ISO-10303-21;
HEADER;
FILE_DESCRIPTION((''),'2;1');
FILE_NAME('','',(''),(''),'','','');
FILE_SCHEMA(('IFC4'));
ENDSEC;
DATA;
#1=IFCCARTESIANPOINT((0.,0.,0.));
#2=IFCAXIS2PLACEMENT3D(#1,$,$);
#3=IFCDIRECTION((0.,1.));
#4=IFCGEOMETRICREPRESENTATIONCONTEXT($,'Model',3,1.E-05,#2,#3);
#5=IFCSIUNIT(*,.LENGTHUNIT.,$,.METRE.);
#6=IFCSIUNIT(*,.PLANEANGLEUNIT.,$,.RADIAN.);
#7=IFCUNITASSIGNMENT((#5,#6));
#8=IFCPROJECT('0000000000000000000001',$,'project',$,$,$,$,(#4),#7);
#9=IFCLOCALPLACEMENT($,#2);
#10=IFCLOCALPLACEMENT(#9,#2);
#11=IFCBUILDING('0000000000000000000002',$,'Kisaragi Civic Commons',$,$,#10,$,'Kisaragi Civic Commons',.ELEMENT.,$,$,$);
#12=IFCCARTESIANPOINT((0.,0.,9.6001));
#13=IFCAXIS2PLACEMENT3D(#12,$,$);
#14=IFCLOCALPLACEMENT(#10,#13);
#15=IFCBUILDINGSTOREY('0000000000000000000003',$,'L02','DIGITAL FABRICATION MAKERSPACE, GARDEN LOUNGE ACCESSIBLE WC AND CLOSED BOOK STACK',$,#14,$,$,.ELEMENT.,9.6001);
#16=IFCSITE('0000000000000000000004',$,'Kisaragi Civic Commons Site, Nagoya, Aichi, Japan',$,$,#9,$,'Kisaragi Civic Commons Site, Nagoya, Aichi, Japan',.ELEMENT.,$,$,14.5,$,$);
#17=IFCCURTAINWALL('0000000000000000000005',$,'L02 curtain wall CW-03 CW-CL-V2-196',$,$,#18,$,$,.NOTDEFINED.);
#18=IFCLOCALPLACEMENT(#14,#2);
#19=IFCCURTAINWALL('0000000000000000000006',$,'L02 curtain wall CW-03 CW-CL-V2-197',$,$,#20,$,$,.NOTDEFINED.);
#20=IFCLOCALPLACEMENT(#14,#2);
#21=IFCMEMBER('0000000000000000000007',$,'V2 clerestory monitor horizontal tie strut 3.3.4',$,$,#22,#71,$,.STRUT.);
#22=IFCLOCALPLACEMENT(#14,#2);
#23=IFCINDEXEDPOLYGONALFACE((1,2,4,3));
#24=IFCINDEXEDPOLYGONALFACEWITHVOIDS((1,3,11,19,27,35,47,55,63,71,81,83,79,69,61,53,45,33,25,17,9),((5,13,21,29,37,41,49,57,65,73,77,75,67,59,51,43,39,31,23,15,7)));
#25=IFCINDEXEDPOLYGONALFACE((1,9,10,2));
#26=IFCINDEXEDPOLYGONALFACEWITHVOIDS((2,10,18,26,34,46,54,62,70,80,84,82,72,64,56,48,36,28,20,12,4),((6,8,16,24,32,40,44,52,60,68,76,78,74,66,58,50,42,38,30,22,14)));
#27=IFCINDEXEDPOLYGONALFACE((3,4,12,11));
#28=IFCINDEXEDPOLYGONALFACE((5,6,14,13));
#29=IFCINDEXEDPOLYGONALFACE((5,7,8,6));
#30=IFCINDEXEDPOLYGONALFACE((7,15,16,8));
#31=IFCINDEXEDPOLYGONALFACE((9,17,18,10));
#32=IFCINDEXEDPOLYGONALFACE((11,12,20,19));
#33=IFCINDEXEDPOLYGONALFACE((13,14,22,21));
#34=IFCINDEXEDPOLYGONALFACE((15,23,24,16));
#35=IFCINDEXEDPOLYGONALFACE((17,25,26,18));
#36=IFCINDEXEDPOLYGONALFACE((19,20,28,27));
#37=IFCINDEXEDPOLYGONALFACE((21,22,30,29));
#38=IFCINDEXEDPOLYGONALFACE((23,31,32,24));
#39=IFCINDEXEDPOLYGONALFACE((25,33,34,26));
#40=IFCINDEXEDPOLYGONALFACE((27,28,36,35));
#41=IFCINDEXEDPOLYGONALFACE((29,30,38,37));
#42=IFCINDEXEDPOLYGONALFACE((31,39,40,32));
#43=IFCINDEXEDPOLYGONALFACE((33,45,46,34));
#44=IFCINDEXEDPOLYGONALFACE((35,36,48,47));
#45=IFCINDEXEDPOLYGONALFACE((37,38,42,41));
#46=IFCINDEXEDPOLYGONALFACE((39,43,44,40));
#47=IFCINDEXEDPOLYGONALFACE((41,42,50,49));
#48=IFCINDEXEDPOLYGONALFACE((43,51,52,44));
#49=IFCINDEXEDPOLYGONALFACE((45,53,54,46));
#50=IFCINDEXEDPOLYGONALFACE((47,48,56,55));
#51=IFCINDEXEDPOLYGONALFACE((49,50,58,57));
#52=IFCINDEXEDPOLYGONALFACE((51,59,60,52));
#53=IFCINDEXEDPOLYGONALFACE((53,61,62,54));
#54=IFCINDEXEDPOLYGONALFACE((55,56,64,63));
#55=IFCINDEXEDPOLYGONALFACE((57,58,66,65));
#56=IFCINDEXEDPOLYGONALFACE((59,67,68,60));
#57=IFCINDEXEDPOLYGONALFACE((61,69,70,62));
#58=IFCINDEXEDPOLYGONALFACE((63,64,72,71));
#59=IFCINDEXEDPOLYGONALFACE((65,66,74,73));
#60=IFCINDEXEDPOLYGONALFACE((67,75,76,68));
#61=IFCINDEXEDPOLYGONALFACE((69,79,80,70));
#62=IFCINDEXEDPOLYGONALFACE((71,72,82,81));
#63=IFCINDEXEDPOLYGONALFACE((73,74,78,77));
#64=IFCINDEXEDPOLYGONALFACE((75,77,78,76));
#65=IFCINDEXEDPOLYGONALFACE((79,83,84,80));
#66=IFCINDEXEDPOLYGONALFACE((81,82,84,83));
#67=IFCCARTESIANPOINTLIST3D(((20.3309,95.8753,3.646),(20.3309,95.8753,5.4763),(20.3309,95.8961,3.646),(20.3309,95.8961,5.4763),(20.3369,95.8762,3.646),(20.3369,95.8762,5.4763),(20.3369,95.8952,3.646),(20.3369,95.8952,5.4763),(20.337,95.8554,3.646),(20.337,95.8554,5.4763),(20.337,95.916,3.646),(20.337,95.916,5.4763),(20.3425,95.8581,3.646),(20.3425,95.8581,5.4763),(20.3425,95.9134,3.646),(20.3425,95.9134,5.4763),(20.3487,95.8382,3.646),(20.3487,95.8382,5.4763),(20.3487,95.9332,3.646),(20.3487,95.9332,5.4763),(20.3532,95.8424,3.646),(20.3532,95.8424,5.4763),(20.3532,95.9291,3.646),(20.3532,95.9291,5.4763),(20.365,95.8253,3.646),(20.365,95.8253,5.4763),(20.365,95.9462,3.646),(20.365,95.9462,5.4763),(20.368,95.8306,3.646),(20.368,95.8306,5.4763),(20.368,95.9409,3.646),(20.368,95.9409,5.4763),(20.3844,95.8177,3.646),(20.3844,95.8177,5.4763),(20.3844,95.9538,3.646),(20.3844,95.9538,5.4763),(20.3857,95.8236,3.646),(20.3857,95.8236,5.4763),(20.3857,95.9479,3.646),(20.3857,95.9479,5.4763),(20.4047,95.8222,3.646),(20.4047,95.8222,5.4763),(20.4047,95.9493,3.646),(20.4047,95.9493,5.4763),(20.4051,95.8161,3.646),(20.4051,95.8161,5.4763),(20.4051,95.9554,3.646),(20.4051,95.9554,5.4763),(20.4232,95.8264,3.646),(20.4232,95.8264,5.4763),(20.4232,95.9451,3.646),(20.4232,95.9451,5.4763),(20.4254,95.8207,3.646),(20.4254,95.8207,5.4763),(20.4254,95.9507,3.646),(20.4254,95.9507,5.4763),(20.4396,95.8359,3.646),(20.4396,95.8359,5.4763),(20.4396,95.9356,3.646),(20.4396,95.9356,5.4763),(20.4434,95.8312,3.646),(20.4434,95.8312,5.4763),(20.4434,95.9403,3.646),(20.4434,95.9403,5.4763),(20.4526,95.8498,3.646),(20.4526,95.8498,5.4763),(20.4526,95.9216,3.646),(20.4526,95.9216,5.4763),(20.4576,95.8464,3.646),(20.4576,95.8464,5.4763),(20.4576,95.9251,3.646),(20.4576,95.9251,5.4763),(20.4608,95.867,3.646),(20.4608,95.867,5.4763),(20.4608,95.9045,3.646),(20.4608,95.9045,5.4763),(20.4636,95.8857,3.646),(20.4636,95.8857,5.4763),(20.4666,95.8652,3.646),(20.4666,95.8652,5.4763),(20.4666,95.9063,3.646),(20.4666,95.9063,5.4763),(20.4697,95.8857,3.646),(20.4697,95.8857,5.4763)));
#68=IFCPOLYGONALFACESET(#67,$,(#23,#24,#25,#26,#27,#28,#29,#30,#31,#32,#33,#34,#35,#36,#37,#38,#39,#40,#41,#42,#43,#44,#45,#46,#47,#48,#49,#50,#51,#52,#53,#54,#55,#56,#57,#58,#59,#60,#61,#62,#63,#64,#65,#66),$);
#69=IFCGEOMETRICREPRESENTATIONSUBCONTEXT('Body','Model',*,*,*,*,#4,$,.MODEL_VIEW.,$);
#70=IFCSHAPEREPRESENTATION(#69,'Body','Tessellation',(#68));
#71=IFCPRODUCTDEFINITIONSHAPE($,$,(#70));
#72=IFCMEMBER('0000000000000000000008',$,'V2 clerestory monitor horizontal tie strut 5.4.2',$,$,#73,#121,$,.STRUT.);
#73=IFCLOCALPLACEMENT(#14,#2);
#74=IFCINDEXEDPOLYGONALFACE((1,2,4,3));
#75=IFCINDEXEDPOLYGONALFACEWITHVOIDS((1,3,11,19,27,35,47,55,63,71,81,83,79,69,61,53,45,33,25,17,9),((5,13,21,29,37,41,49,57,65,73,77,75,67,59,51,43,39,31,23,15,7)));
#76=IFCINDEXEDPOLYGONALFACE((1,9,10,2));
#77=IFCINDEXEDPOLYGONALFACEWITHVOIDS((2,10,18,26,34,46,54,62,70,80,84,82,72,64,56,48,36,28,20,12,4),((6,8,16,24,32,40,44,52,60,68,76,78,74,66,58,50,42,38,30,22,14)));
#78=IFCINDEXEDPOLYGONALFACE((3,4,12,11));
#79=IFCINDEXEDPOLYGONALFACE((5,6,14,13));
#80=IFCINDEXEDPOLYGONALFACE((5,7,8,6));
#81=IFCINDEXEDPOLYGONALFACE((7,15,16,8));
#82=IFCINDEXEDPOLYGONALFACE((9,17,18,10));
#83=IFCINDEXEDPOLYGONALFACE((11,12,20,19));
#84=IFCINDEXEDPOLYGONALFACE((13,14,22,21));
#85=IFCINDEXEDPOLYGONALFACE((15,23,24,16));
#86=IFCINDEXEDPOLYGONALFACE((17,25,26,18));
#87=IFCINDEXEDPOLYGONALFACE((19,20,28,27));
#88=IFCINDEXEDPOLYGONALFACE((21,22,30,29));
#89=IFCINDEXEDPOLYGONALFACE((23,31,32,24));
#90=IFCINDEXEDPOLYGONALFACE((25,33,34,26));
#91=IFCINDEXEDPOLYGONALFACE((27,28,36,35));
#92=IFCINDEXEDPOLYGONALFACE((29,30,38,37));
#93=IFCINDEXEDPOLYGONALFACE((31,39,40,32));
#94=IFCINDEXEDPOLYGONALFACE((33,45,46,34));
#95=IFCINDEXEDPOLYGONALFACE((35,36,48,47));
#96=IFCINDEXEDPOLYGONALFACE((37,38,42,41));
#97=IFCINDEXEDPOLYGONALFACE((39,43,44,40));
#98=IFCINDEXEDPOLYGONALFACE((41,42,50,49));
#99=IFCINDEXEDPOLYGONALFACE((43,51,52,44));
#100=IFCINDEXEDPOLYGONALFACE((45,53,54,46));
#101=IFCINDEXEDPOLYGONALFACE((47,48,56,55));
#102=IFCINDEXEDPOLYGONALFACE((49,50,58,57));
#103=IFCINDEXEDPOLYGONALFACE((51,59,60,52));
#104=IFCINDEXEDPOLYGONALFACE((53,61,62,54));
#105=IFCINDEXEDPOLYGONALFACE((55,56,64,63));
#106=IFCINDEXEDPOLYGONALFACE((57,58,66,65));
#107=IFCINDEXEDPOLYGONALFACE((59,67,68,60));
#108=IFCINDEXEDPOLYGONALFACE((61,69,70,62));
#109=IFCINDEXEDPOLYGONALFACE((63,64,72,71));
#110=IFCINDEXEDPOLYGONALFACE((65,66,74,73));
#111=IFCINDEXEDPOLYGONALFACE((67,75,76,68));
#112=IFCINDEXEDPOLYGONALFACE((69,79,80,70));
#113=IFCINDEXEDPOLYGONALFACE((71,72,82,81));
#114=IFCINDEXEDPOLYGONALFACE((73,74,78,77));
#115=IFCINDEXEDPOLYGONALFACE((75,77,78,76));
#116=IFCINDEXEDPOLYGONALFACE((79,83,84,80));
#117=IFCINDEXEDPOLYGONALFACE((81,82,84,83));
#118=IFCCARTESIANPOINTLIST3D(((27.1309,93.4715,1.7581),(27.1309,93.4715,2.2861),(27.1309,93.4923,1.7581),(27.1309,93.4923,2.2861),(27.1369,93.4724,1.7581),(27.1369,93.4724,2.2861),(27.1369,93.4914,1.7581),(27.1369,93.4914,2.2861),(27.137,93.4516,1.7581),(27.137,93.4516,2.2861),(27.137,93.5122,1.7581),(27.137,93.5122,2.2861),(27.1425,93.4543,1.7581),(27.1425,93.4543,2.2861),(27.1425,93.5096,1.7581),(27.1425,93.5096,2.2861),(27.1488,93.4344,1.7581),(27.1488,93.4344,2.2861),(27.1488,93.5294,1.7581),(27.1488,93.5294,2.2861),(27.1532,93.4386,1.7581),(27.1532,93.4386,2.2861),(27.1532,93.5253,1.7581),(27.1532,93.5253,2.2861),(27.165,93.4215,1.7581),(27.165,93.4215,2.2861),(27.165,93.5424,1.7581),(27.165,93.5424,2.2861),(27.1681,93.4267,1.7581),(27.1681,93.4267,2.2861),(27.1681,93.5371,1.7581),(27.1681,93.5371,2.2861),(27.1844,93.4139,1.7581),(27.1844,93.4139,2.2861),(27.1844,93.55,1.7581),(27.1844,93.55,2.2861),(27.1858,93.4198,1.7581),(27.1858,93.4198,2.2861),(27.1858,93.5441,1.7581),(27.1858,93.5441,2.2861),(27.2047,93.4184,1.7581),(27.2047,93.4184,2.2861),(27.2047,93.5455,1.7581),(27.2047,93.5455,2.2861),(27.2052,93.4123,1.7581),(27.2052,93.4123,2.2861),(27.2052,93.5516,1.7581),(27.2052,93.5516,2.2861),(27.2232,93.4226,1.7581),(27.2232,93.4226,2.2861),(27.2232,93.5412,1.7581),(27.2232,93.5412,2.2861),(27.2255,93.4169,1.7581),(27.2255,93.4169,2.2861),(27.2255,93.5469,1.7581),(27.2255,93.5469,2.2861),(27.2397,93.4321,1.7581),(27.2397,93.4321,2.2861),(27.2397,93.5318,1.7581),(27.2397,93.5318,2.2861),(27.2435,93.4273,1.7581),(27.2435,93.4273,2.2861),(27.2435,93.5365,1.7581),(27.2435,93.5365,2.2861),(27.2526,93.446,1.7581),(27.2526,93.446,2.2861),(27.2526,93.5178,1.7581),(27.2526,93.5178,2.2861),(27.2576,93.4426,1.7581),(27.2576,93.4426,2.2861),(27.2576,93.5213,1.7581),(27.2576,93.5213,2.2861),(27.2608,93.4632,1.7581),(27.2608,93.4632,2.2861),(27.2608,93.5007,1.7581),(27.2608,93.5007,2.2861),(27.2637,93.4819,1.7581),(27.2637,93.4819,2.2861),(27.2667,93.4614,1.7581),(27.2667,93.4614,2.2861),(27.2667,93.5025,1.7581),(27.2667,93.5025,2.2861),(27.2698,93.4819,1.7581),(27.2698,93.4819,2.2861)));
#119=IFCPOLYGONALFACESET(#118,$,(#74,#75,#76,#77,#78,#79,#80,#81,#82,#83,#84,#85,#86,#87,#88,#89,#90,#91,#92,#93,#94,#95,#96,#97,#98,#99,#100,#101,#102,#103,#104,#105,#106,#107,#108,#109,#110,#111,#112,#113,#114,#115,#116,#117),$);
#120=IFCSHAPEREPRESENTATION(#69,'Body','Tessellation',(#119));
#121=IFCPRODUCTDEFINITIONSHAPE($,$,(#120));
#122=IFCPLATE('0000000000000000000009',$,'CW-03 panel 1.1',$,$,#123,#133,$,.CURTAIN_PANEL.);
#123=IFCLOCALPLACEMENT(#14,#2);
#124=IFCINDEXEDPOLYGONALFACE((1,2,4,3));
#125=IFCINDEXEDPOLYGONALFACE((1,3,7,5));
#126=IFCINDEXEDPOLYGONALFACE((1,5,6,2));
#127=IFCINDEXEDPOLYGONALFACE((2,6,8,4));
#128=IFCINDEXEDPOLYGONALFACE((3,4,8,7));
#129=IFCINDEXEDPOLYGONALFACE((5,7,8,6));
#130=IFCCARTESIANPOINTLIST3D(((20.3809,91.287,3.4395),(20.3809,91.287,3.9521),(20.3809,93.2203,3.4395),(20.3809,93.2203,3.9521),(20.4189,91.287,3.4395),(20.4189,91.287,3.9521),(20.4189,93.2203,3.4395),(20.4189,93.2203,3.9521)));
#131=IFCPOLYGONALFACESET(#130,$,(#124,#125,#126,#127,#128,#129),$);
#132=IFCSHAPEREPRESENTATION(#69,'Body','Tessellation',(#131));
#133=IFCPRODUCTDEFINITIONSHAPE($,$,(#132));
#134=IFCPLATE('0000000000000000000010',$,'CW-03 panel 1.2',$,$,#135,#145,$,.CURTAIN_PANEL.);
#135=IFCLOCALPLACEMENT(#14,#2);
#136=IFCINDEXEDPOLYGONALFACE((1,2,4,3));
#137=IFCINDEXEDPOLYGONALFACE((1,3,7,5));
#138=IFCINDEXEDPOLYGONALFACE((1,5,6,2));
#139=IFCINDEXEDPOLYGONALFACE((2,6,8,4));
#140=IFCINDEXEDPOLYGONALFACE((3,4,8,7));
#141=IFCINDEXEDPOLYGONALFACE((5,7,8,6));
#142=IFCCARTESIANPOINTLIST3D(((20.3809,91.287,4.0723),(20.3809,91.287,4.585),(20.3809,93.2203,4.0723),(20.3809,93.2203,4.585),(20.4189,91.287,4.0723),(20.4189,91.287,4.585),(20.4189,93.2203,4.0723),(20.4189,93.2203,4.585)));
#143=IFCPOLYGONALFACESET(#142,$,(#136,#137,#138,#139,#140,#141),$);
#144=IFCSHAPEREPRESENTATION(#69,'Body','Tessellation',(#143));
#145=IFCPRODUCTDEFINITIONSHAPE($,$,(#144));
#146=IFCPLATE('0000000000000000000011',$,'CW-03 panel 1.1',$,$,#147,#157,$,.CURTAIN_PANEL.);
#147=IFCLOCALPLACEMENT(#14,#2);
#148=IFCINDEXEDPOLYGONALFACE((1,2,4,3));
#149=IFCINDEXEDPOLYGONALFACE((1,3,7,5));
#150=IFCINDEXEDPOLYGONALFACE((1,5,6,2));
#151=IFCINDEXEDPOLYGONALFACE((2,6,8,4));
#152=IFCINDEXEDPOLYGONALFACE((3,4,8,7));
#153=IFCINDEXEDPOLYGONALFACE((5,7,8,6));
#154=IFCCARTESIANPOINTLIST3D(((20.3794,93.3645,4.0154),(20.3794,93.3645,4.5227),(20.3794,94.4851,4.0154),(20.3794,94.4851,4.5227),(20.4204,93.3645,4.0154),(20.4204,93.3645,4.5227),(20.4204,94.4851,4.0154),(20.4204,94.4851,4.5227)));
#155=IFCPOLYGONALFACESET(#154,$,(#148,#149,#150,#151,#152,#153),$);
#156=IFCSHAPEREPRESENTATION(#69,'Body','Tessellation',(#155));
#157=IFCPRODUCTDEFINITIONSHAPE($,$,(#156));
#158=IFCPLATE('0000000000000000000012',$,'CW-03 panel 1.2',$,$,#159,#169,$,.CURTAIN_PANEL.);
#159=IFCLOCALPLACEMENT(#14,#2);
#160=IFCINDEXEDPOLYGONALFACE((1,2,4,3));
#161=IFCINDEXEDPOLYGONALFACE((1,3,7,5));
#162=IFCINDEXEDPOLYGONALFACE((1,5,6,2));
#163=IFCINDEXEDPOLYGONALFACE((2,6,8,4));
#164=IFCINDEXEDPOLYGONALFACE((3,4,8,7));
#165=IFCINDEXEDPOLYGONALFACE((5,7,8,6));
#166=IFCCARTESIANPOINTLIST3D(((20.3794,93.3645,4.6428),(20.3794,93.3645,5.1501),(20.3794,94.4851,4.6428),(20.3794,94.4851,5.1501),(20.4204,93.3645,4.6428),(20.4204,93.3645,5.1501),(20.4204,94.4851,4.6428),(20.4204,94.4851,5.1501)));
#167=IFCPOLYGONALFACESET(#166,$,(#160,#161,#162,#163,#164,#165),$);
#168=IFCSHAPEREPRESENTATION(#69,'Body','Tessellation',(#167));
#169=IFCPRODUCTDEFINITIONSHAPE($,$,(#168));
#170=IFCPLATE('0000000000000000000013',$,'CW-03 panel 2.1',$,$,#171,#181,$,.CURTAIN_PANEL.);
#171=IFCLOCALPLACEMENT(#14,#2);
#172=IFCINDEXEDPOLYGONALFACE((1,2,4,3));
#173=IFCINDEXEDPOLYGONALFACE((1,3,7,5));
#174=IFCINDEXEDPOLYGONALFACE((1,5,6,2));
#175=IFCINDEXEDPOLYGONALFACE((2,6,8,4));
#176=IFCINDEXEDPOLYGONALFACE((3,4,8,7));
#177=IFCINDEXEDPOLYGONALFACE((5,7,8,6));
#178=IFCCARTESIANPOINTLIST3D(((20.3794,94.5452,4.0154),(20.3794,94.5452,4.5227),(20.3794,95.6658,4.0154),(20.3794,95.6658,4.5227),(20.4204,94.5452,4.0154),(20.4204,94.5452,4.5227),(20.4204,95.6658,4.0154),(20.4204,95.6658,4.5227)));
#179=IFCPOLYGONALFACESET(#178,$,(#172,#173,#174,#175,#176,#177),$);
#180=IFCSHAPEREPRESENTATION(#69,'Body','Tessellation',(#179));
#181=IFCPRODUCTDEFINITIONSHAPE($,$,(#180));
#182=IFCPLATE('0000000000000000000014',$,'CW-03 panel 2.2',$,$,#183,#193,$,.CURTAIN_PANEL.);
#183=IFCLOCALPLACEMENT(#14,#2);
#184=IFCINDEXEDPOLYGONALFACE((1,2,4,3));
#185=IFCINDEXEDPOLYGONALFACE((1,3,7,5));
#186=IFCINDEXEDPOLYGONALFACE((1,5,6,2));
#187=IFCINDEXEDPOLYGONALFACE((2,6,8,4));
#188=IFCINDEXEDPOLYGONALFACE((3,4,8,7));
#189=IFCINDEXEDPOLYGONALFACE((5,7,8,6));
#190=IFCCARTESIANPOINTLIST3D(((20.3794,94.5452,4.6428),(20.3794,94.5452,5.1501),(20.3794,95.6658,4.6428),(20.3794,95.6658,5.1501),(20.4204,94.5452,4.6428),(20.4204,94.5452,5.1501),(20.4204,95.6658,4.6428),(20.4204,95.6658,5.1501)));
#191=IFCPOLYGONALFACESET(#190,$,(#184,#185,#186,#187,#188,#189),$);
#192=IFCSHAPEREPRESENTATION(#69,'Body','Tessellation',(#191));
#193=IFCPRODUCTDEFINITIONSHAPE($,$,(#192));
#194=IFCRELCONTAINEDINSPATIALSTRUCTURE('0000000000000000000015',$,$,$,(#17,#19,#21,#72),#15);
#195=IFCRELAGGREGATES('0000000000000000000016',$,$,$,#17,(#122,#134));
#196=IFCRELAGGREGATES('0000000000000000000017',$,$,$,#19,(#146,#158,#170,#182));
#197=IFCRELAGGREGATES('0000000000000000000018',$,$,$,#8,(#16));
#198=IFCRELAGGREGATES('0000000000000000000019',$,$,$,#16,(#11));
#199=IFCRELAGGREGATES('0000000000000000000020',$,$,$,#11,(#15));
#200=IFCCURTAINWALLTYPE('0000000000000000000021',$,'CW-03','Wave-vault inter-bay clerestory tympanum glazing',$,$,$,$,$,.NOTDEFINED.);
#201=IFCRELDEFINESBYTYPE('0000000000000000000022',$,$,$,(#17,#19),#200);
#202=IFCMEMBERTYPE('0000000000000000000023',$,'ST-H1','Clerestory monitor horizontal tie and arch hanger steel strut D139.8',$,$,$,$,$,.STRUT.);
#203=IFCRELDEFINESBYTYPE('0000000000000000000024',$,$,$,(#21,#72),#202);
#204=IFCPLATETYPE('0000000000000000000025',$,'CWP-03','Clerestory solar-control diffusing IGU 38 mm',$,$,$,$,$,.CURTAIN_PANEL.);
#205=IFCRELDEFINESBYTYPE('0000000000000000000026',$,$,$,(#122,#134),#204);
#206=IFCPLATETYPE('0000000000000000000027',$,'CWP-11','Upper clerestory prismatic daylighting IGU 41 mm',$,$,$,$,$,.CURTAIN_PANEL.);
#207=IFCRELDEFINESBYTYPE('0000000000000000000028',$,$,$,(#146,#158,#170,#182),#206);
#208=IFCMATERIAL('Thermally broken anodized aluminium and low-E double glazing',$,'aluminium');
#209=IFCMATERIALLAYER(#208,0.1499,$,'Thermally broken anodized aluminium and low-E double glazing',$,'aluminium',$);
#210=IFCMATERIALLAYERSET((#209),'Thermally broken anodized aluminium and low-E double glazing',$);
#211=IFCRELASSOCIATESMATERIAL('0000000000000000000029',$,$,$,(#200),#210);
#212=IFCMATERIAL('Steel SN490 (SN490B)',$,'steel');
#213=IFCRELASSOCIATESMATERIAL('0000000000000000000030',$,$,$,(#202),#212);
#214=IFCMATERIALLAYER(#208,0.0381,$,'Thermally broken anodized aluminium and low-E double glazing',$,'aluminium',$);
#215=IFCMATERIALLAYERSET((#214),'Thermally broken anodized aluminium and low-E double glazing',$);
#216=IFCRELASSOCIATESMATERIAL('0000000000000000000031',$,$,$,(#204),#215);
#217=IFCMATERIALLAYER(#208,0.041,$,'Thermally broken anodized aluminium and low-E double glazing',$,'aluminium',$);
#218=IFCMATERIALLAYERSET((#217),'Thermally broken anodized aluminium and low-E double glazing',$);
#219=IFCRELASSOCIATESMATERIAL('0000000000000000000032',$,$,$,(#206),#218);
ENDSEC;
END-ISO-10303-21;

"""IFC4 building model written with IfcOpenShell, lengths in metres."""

from ifc_helpers import new_model, si_unit, direction, frame, origin, origin_2d, place, context, subcontext, project, spatial, rectangle, hollow_circle, extrude, material, layer, layer_set, material_profile, profile_set, type_object, element, aggregate, save


model = new_model("IFC4")

# Units and contexts
model_context = context("Model", 3, precision=1e-05, world=origin(), true_north=direction((0.0, 1.0)))
body_context = subcontext(model_context, "Body", "Model", "MODEL_VIEW")
ifc_project = project(units=[si_unit("LENGTHUNIT", "METRE"), si_unit("PLANEANGLEUNIT", "RADIAN")], contexts=[model_context])

# Site, building, storey
site_placement = place(None, origin())
site = spatial("IfcSite", under=ifc_project, at=site_placement, Name="Kisaragi Civic Commons Site, Nagoya, Aichi, Japan", LongName="Kisaragi Civic Commons Site, Nagoya, Aichi, Japan", CompositionType="ELEMENT", RefElevation=14.5)
building_placement = place(site_placement, origin())
building = spatial("IfcBuilding", under=site, at=building_placement, Name="Kisaragi Civic Commons", LongName="Kisaragi Civic Commons", CompositionType="ELEMENT")
storey_placement = place(building_placement, frame((0.0, 0.0, 9.6001)))
storey = spatial("IfcBuildingStorey", under=building, at=storey_placement, Name="L02", Description="DIGITAL FABRICATION MAKERSPACE, GARDEN LOUNGE ACCESSIBLE WC AND CLOSED BOOK STACK", CompositionType="ELEMENT", Elevation=9.6001)

# Curtain wall
ifc_material_1 = material(Name="Thermally broken anodized aluminium and low-E double glazing", Category="aluminium")
ifc_layer_1 = layer(ifc_material_1, 0.1499, Name="Thermally broken anodized aluminium and low-E double glazing", Category="aluminium")
ifc_layer_set_1 = layer_set([ifc_layer_1], Name="Thermally broken anodized aluminium and low-E double glazing")
curtain_wall_type = type_object("IfcCurtainWallType", Name="CW-03", Description="Wave-vault inter-bay clerestory tympanum glazing", PredefinedType="NOTDEFINED", material=ifc_layer_set_1)
curtain_wall_1_placement = place(storey_placement, origin())
curtain_wall_1 = element("IfcCurtainWall", 1, at=curtain_wall_1_placement, inside=storey, type_object=curtain_wall_type, Name="L02 curtain wall CW-03 CW-CL-V2-196", PredefinedType="NOTDEFINED")

# Curtain wall
curtain_wall_2_placement = place(storey_placement, origin())
curtain_wall_2 = element("IfcCurtainWall", 2, at=curtain_wall_2_placement, inside=storey, type_object=curtain_wall_type, Name="L02 curtain wall CW-03 CW-CL-V2-197", PredefinedType="NOTDEFINED")

# Members
ifc_material_2 = material(Name="Steel SN490 (SN490B)", Category="steel")
ifc_material_profile_1 = material_profile(ifc_material_2, hollow_circle(Radius=0.0698, WallThickness=0.0061, at=origin_2d()), Name="CHS-139.8x6.0", Category="steel")
ifc_profile_set_1 = profile_set([ifc_material_profile_1], Name="Steel SN490 (SN490B)")
member_type_1 = type_object("IfcMemberType", Name="ST-H1", Description="Clerestory monitor horizontal tie and arch hanger steel strut D139.8", PredefinedType="STRUT", material=ifc_profile_set_1)
member_1_placement = place(storey_placement, frame((20.3999, 95.8857, 3.646), z_axis=(0.0, 0.0, 1.0), x_axis=(1.0, 0.0, 0.0)))
element("IfcMember", 3, at=member_1_placement, inside=storey, type_object=member_type_1, Name="V2 clerestory monitor horizontal tie strut 3.3.4", PredefinedType="STRUT", context=body_context, shape_type="SweptSolid", body=[
    extrude(hollow_circle(Radius=0.0698, WallThickness=0.0061, at=origin_2d()), origin(), (0.0, 0.0, 1.0), 1.8303),
])
member_2_placement = place(storey_placement, frame((27.2, 93.4819, 1.7581), z_axis=(0.0, 0.0, 1.0), x_axis=(1.0, 0.0, 0.0)))
element("IfcMember", 4, at=member_2_placement, inside=storey, type_object=member_type_1, Name="V2 clerestory monitor horizontal tie strut 5.4.2", PredefinedType="STRUT", context=body_context, shape_type="SweptSolid", body=[
    extrude(hollow_circle(Radius=0.0698, WallThickness=0.0061, at=origin_2d()), origin(), (0.0, 0.0, 1.0), 0.5281),
])

# Plates
ifc_layer_2 = layer(ifc_material_1, 0.0381, Name="Thermally broken anodized aluminium and low-E double glazing", Category="aluminium")
ifc_layer_set_2 = layer_set([ifc_layer_2], Name="Thermally broken anodized aluminium and low-E double glazing")
plate_type_1 = type_object("IfcPlateType", Name="CWP-03", Description="Clerestory solar-control diffusing IGU 38 mm", PredefinedType="CURTAIN_PANEL", material=ifc_layer_set_2)
plate_1_placement = place(storey_placement, frame((20.3999, 92.2537, 3.4395), z_axis=(0.0, 0.0, 1.0), x_axis=(0.0, 1.0, 0.0)))
plate_1 = element("IfcPlate", 5, at=plate_1_placement, type_object=plate_type_1, Name="CW-03 panel 1.1", PredefinedType="CURTAIN_PANEL", context=body_context, shape_type="SweptSolid", body=[
    extrude(rectangle(XDim=1.9333, YDim=0.0381, at=origin_2d()), origin(), (0.0, 0.0, 1.0), 0.5127),
])
plate_2_placement = place(storey_placement, frame((20.3999, 92.2537, 4.0723), z_axis=(0.0, 0.0, 1.0), x_axis=(0.0, 1.0, 0.0)))
plate_2 = element("IfcPlate", 6, at=plate_2_placement, type_object=plate_type_1, Name="CW-03 panel 1.2", PredefinedType="CURTAIN_PANEL", context=body_context, shape_type="SweptSolid", body=[
    extrude(rectangle(XDim=1.9333, YDim=0.0381, at=origin_2d()), origin(), (0.0, 0.0, 1.0), 0.5127),
])
aggregate(curtain_wall_1, [plate_1, plate_2])
ifc_layer_3 = layer(ifc_material_1, 0.041, Name="Thermally broken anodized aluminium and low-E double glazing", Category="aluminium")
ifc_layer_set_3 = layer_set([ifc_layer_3], Name="Thermally broken anodized aluminium and low-E double glazing")
plate_type_2 = type_object("IfcPlateType", Name="CWP-11", Description="Upper clerestory prismatic daylighting IGU 41 mm", PredefinedType="CURTAIN_PANEL", material=ifc_layer_set_3)
plate_3_placement = place(storey_placement, frame((20.3999, 93.9248, 4.0154), z_axis=(0.0, 0.0, 1.0), x_axis=(0.0, 1.0, 0.0)))
plate_3 = element("IfcPlate", 7, at=plate_3_placement, type_object=plate_type_2, Name="CW-03 panel 1.1", PredefinedType="CURTAIN_PANEL", context=body_context, shape_type="SweptSolid", body=[
    extrude(rectangle(XDim=1.1206, YDim=0.041, at=origin_2d()), origin(), (0.0, 0.0, 1.0), 0.5073),
])
plate_4_placement = place(storey_placement, frame((20.3999, 93.9248, 4.6428), z_axis=(0.0, 0.0, 1.0), x_axis=(0.0, 1.0, 0.0)))
plate_4 = element("IfcPlate", 8, at=plate_4_placement, type_object=plate_type_2, Name="CW-03 panel 1.2", PredefinedType="CURTAIN_PANEL", context=body_context, shape_type="SweptSolid", body=[
    extrude(rectangle(XDim=1.1206, YDim=0.041, at=origin_2d()), origin(), (0.0, 0.0, 1.0), 0.5073),
])
plate_5_placement = place(storey_placement, frame((20.3999, 95.1055, 4.0154), z_axis=(0.0, 0.0, 1.0), x_axis=(0.0, 1.0, 0.0)))
plate_5 = element("IfcPlate", 9, at=plate_5_placement, type_object=plate_type_2, Name="CW-03 panel 2.1", PredefinedType="CURTAIN_PANEL", context=body_context, shape_type="SweptSolid", body=[
    extrude(rectangle(XDim=1.1206, YDim=0.041, at=origin_2d()), origin(), (0.0, 0.0, 1.0), 0.5073),
])
plate_6_placement = place(storey_placement, frame((20.3999, 95.1055, 4.6428), z_axis=(0.0, 0.0, 1.0), x_axis=(0.0, 1.0, 0.0)))
plate_6 = element("IfcPlate", 10, at=plate_6_placement, type_object=plate_type_2, Name="CW-03 panel 2.2", PredefinedType="CURTAIN_PANEL", context=body_context, shape_type="SweptSolid", body=[
    extrude(rectangle(XDim=1.1206, YDim=0.041, at=origin_2d()), origin(), (0.0, 0.0, 1.0), 0.5073),
])
aggregate(curtain_wall_2, [plate_3, plate_4, plate_5, plate_6])

save(model, "model.ifc")
